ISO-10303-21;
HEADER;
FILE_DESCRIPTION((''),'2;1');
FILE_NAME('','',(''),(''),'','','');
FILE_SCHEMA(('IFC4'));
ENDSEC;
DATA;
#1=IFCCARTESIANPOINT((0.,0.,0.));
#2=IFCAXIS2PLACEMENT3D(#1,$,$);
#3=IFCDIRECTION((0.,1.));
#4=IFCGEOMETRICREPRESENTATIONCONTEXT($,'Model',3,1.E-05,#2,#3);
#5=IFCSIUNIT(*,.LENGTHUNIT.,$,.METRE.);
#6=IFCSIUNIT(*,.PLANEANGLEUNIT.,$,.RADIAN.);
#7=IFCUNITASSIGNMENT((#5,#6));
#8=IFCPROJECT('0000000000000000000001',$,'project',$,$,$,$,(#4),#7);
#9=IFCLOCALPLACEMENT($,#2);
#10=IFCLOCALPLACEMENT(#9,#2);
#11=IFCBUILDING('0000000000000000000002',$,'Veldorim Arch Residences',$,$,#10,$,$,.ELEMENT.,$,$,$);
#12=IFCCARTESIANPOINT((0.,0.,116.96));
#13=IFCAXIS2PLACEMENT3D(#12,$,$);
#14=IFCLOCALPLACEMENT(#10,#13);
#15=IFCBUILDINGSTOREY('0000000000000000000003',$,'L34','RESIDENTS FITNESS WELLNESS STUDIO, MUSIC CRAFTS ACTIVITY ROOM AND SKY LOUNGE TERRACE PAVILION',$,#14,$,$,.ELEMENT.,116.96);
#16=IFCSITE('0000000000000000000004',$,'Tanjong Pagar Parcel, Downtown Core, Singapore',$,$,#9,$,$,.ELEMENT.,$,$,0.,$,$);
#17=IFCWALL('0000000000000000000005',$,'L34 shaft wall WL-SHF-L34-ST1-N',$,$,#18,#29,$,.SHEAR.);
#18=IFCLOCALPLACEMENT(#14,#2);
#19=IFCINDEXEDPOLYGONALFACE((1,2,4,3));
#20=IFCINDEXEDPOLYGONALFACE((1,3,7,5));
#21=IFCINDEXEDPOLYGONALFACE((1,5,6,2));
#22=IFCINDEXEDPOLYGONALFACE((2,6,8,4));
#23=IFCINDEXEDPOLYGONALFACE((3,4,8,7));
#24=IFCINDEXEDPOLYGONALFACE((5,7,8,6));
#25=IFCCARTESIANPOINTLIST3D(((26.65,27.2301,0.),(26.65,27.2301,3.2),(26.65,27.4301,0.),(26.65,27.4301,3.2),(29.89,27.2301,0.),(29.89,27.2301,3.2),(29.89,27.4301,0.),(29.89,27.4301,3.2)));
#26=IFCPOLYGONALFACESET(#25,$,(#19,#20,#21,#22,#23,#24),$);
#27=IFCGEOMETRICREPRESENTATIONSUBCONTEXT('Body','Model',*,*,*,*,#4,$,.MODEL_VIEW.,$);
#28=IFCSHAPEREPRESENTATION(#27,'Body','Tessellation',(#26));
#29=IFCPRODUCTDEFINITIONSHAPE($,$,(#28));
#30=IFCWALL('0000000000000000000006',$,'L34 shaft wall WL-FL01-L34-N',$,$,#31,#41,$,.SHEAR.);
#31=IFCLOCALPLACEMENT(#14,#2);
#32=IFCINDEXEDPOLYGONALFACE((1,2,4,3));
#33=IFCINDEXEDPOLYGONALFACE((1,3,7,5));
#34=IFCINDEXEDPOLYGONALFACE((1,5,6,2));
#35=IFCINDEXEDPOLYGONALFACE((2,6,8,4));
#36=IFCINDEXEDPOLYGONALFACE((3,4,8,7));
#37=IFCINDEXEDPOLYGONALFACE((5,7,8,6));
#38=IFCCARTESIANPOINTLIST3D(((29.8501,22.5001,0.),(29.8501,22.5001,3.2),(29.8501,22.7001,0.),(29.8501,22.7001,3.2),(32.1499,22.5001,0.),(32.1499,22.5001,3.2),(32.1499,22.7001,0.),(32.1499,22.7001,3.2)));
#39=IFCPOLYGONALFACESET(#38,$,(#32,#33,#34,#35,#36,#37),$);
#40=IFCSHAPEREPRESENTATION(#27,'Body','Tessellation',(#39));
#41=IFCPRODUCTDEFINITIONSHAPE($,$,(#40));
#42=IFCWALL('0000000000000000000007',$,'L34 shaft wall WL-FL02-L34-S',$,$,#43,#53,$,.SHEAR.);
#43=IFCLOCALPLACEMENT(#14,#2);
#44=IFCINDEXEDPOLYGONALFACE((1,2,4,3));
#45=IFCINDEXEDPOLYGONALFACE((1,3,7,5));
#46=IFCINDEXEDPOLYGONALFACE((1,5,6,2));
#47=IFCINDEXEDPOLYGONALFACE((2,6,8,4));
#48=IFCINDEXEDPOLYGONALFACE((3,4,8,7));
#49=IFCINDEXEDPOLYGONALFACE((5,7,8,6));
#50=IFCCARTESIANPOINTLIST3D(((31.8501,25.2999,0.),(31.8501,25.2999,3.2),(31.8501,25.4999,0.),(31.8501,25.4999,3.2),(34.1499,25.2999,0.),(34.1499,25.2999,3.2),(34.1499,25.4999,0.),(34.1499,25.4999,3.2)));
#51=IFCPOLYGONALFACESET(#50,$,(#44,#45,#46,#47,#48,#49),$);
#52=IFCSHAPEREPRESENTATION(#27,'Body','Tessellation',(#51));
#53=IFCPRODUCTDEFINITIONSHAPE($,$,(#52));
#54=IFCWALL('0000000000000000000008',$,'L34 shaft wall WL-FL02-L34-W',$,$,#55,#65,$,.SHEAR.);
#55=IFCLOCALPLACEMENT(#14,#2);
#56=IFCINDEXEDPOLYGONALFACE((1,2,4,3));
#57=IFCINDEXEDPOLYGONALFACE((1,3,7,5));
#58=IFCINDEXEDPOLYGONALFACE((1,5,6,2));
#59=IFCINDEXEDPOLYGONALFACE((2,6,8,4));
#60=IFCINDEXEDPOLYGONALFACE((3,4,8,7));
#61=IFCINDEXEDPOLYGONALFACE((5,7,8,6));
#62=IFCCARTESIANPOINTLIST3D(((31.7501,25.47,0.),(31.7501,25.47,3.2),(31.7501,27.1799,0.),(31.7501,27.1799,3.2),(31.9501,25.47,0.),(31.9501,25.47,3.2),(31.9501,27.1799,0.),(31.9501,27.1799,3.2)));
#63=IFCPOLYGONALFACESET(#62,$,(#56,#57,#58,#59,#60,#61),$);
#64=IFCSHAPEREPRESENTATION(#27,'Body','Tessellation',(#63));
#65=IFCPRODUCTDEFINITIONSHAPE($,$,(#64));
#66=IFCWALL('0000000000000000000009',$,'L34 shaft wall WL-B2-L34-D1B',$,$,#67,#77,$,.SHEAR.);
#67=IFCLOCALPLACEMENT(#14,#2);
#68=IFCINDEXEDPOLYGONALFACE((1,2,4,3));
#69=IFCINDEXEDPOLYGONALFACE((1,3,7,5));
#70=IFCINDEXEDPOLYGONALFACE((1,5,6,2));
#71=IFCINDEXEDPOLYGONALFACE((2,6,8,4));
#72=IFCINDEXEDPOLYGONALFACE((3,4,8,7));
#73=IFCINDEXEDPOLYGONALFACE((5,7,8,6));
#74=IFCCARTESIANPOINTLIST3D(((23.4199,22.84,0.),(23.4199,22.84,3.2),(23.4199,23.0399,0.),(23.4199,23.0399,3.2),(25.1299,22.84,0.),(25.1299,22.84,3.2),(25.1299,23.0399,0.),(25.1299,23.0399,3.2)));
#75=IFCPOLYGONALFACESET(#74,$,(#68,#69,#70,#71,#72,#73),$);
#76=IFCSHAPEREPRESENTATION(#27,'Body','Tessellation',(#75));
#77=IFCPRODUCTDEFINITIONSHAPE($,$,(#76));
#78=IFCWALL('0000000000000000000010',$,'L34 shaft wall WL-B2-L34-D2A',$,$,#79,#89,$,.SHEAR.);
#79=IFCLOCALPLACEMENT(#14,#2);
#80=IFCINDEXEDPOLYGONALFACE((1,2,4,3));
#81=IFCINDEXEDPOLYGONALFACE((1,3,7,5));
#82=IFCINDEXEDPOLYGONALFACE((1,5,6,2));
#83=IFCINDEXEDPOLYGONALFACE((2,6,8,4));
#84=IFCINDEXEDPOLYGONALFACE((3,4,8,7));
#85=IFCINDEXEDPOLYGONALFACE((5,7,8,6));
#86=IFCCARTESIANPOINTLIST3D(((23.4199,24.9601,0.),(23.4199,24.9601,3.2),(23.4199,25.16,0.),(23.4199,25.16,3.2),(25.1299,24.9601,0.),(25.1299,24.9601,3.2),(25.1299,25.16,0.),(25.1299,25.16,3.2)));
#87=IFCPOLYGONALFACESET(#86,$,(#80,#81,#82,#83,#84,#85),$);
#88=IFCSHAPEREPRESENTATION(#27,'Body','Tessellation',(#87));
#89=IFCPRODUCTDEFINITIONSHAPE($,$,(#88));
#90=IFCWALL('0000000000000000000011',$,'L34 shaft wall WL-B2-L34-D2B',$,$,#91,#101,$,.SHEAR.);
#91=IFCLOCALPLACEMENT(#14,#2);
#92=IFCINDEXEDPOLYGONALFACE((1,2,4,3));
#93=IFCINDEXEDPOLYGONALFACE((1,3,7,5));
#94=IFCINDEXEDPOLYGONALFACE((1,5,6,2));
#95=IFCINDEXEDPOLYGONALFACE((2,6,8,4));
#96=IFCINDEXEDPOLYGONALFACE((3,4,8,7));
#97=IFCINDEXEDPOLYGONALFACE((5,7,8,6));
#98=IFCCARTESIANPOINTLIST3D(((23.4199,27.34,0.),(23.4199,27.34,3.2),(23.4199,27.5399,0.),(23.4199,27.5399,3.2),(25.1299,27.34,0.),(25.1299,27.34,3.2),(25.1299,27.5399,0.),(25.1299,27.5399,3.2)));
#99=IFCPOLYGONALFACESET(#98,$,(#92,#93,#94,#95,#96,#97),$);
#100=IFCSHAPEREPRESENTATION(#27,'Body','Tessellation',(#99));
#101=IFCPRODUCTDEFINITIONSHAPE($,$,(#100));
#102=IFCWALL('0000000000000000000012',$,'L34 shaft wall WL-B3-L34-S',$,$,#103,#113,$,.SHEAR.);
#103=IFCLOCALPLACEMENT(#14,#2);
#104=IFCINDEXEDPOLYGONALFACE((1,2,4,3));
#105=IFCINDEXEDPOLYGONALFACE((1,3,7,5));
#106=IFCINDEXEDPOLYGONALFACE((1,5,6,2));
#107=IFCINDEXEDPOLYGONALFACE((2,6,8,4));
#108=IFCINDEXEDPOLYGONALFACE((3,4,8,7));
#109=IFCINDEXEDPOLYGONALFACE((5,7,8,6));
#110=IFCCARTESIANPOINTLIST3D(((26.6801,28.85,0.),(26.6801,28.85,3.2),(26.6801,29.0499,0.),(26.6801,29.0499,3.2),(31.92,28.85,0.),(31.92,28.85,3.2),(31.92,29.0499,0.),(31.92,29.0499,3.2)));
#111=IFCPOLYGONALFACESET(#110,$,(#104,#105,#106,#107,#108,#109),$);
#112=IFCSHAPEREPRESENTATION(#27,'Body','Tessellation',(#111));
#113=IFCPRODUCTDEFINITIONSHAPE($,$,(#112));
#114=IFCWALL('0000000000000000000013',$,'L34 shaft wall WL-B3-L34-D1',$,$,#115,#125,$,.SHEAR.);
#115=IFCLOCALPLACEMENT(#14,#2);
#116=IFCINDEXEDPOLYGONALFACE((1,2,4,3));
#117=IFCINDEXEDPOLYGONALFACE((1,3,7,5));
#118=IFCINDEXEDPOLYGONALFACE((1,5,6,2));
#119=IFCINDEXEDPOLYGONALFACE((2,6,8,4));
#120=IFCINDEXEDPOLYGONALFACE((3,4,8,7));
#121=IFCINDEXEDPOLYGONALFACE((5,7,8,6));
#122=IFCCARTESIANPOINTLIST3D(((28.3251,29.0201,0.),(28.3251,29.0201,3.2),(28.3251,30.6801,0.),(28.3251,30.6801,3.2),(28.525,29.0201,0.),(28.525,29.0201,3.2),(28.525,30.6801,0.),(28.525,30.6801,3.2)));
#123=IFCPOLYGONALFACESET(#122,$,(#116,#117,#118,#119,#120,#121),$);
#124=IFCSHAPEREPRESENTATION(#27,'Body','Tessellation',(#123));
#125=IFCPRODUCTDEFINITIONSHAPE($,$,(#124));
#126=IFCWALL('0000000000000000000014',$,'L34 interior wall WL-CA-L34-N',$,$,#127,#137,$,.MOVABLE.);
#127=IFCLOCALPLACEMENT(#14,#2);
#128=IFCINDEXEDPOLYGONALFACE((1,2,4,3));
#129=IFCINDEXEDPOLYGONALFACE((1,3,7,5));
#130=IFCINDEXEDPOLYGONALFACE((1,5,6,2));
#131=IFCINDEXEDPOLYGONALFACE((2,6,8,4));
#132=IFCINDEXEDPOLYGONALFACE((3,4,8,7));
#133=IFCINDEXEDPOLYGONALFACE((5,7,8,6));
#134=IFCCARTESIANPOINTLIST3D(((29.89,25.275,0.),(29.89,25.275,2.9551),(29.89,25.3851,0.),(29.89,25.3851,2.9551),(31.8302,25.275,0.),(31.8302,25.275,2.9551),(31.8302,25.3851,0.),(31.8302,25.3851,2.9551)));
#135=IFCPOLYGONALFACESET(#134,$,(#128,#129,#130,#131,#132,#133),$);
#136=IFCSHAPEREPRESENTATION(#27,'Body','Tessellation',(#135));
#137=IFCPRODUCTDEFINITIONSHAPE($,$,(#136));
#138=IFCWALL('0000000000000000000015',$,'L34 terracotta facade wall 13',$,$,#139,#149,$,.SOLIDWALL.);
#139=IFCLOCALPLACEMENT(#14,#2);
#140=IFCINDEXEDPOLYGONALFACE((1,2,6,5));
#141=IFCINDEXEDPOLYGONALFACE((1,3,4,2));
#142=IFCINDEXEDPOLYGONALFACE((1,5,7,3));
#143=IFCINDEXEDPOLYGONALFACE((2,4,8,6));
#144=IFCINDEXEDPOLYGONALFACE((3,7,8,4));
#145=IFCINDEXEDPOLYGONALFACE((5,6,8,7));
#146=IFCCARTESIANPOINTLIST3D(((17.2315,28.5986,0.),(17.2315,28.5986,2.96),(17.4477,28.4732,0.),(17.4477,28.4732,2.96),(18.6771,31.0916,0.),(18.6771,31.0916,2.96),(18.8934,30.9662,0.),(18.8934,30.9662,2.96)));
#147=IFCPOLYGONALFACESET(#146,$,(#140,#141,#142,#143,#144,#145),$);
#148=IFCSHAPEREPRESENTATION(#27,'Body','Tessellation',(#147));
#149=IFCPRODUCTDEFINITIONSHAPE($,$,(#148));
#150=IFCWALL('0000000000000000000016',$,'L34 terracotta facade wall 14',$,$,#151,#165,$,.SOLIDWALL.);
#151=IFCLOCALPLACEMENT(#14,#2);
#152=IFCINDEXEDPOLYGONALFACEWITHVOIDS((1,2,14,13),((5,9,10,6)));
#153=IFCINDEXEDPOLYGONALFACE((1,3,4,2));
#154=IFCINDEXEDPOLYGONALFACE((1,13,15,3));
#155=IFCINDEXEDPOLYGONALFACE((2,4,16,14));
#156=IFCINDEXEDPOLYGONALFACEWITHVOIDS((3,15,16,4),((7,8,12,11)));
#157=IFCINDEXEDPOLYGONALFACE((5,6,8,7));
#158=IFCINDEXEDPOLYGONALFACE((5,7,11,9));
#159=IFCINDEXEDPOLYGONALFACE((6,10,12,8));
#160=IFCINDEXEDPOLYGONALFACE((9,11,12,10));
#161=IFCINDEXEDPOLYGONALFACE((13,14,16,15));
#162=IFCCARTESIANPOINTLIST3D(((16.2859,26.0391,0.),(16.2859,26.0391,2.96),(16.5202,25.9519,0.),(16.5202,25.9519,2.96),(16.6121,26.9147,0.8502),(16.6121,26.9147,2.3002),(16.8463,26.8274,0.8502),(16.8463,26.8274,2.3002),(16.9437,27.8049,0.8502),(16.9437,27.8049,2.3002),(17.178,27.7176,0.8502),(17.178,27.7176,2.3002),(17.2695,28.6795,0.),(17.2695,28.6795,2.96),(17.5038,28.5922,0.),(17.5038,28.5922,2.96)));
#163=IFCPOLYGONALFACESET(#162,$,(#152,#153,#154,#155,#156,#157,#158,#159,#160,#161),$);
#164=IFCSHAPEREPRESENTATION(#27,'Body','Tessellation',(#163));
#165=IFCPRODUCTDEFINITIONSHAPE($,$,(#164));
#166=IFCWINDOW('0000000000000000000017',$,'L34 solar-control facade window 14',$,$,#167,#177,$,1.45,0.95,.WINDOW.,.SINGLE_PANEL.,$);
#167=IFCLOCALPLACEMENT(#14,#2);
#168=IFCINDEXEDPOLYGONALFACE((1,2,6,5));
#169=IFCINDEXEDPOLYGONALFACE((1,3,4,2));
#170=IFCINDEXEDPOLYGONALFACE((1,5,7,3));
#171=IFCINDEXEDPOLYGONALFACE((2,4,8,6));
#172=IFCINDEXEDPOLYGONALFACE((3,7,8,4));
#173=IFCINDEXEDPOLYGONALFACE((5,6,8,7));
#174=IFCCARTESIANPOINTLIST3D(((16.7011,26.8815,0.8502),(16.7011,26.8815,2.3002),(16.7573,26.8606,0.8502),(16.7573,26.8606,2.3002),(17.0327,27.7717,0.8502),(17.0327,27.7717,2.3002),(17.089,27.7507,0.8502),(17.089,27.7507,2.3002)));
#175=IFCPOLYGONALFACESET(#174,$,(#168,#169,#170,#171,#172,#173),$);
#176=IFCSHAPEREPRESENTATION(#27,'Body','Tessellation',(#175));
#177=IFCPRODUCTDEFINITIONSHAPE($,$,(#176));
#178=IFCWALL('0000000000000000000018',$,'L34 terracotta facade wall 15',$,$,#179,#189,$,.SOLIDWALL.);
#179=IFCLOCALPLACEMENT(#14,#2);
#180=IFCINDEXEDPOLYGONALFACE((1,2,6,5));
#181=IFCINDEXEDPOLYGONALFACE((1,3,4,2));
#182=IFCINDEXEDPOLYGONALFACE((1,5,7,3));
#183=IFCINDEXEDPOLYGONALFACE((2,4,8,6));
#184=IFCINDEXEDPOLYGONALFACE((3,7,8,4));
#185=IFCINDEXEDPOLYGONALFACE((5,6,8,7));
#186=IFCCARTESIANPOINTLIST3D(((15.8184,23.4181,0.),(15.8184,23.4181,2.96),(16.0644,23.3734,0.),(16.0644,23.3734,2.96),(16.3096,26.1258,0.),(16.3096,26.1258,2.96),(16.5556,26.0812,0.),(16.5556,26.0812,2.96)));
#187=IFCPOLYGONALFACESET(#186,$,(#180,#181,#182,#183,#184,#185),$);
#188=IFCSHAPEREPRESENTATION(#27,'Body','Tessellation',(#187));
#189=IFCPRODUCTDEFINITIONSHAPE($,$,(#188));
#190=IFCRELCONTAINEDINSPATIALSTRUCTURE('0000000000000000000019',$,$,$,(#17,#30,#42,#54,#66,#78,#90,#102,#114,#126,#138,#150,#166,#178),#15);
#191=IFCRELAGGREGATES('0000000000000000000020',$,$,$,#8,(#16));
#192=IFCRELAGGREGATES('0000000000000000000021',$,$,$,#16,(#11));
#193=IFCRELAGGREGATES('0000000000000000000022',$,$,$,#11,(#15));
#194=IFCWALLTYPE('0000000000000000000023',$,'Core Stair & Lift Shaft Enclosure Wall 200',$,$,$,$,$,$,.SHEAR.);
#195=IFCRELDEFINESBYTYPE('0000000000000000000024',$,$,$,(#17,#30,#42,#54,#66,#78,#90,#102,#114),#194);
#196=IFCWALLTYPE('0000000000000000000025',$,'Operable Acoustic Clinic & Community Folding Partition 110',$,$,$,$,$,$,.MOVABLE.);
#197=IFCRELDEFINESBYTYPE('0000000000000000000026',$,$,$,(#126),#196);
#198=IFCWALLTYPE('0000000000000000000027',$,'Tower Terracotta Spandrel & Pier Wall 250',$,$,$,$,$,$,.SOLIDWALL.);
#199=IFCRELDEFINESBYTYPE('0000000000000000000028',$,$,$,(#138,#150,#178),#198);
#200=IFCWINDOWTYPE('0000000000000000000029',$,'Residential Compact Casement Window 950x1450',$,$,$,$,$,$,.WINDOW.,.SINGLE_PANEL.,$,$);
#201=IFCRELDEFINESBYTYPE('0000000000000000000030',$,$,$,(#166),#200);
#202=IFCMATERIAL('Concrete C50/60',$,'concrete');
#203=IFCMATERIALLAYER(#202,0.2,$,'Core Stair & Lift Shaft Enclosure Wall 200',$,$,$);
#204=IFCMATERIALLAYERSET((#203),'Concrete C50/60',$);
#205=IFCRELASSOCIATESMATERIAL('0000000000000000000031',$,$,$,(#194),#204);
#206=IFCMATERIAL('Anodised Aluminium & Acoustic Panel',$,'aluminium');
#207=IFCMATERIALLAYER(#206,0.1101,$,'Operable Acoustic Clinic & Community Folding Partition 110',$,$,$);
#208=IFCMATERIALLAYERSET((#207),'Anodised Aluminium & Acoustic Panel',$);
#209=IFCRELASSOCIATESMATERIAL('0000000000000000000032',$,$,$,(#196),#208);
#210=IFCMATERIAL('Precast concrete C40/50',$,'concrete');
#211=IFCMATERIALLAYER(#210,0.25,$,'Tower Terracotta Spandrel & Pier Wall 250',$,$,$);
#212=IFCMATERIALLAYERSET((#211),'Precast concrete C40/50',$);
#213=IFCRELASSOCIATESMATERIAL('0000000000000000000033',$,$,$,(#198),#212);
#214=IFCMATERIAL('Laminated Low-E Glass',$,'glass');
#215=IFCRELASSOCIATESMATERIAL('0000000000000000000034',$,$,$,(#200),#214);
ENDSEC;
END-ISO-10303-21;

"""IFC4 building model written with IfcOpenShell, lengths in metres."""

from ifc_helpers import new_model, si_unit, direction, frame, frame_2d, origin, place, context, subcontext, project, spatial, rectangle, extrude, material, layer, layer_set, type_object, element, fill, save


model = new_model("IFC4")

# Units and contexts
model_context = context("Model", 3, precision=1e-05, world=origin(), true_north=direction((0.0, 1.0)))
body_context = subcontext(model_context, "Body", "Model", "MODEL_VIEW")
ifc_project = project(units=[si_unit("LENGTHUNIT", "METRE"), si_unit("PLANEANGLEUNIT", "RADIAN")], contexts=[model_context])

# Site, building, storey
site_placement = place(None, origin())
site = spatial("IfcSite", under=ifc_project, at=site_placement, Name="Tanjong Pagar Parcel, Downtown Core, Singapore", CompositionType="ELEMENT", RefElevation=0.0)
building_placement = place(site_placement, origin())
building = spatial("IfcBuilding", under=site, at=building_placement, Name="Veldorim Arch Residences", CompositionType="ELEMENT")
storey_placement = place(building_placement, frame((0.0, 0.0, 116.96)))
storey = spatial("IfcBuildingStorey", under=building, at=storey_placement, Name="L34", Description="RESIDENTS FITNESS WELLNESS STUDIO, MUSIC CRAFTS ACTIVITY ROOM AND SKY LOUNGE TERRACE PAVILION", CompositionType="ELEMENT", Elevation=116.96)

# Walls
ifc_material_1 = material(Name="Concrete C50/60", Category="concrete")
ifc_layer_1 = layer(ifc_material_1, 0.2, Name="Core Stair & Lift Shaft Enclosure Wall 200")
ifc_layer_set_1 = layer_set([ifc_layer_1], Name="Concrete C50/60")
wall_type_1 = type_object("IfcWallType", Name="Core Stair & Lift Shaft Enclosure Wall 200", PredefinedType="SHEAR", material=ifc_layer_set_1)
wall_1_placement = place(storey_placement, frame((26.6499, 27.3301, 0.0), z_axis=(0.0, 0.0, 1.0), x_axis=(1.0, 0.0, 0.0)))
element("IfcWall", 1, at=wall_1_placement, inside=storey, type_object=wall_type_1, Name="L34 shaft wall WL-SHF-L34-ST1-N", PredefinedType="SHEAR", context=body_context, shape_type="SweptSolid", body=[
    extrude(rectangle(XDim=3.24, YDim=0.2, at=frame_2d((1.6201, 0.0))), origin(), (0.0, 0.0, 1.0), 3.2),
])
wall_2_placement = place(storey_placement, frame((29.8501, 22.6001, 0.0), z_axis=(0.0, 0.0, 1.0), x_axis=(1.0, 0.0, 0.0)))
element("IfcWall", 2, at=wall_2_placement, inside=storey, type_object=wall_type_1, Name="L34 shaft wall WL-FL01-L34-N", PredefinedType="SHEAR", context=body_context, shape_type="SweptSolid", body=[
    extrude(rectangle(XDim=2.2998, YDim=0.2, at=frame_2d((1.1499, 0.0))), origin(), (0.0, 0.0, 1.0), 3.2),
])

# Walls
wall_3_placement = place(storey_placement, frame((31.8501, 25.3999, 0.0), z_axis=(0.0, 0.0, 1.0), x_axis=(1.0, 0.0, 0.0)))
element("IfcWall", 3, at=wall_3_placement, inside=storey, type_object=wall_type_1, Name="L34 shaft wall WL-FL02-L34-S", PredefinedType="SHEAR", context=body_context, shape_type="SweptSolid", body=[
    extrude(rectangle(XDim=2.2998, YDim=0.2, at=frame_2d((1.1499, 0.0))), origin(), (0.0, 0.0, 1.0), 3.2),
])
for number, where, z_axis, x_axis, name in (
    (4, (31.8501, 25.47, 0.0), (0.0, 0.0, 1.0), (0.0, 1.0, 0.0), "L34 shaft wall WL-FL02-L34-W"),
    (5, (23.4199, 22.9399, 0.0), (0.0, 0.0, 1.0), (1.0, 0.0, 0.0), "L34 shaft wall WL-B2-L34-D1B"),
    (6, (23.4199, 25.0601, 0.0), (0.0, 0.0, 1.0), (1.0, 0.0, 0.0), "L34 shaft wall WL-B2-L34-D2A"),
    (7, (23.4199, 27.4399, 0.0), (0.0, 0.0, 1.0), (1.0, 0.0, 0.0), "L34 shaft wall WL-B2-L34-D2B"),
):
    element("IfcWall", number, at=place(storey_placement, frame(where, z_axis=z_axis, x_axis=x_axis)), inside=storey, type_object=wall_type_1, Name=name, PredefinedType="SHEAR", context=body_context, shape_type="SweptSolid", body=[
        extrude(rectangle(XDim=1.71, YDim=0.2, at=frame_2d((0.855, 0.0))), origin(), (0.0, 0.0, 1.0), 3.2),
    ])
wall_4_placement = place(storey_placement, frame((26.6799, 28.95, 0.0), z_axis=(0.0, 0.0, 1.0), x_axis=(1.0, 0.0, 0.0)))
element("IfcWall", 8, at=wall_4_placement, inside=storey, type_object=wall_type_1, Name="L34 shaft wall WL-B3-L34-S", PredefinedType="SHEAR", context=body_context, shape_type="SweptSolid", body=[
    extrude(rectangle(XDim=5.24, YDim=0.2, at=frame_2d((2.6201, 0.0))), origin(), (0.0, 0.0, 1.0), 3.2),
])
wall_5_placement = place(storey_placement, frame((28.425, 29.02, 0.0), z_axis=(0.0, 0.0, 1.0), x_axis=(0.0, 1.0, 0.0)))
element("IfcWall", 9, at=wall_5_placement, inside=storey, type_object=wall_type_1, Name="L34 shaft wall WL-B3-L34-D1", PredefinedType="SHEAR", context=body_context, shape_type="SweptSolid", body=[
    extrude(rectangle(XDim=1.6599, YDim=0.2, at=frame_2d((0.8301, 0.0))), origin(), (0.0, 0.0, 1.0), 3.2),
])
ifc_material_2 = material(Name="Anodised Aluminium & Acoustic Panel", Category="aluminium")
ifc_layer_2 = layer(ifc_material_2, 0.1101, Name="Operable Acoustic Clinic & Community Folding Partition 110")
ifc_layer_set_2 = layer_set([ifc_layer_2], Name="Anodised Aluminium & Acoustic Panel")
wall_type_2 = type_object("IfcWallType", Name="Operable Acoustic Clinic & Community Folding Partition 110", PredefinedType="MOVABLE", material=ifc_layer_set_2)
wall_6_placement = place(storey_placement, frame((29.8899, 25.3301, 0.0), z_axis=(0.0, 0.0, 1.0), x_axis=(1.0, 0.0, 0.0)))
element("IfcWall", 10, at=wall_6_placement, inside=storey, type_object=wall_type_2, Name="L34 interior wall WL-CA-L34-N", PredefinedType="MOVABLE", context=body_context, shape_type="SweptSolid", body=[
    extrude(rectangle(XDim=1.9402, YDim=0.1101, at=frame_2d((0.9702, 0.0))), origin(), (0.0, 0.0, 1.0), 2.9551),
])
ifc_material_3 = material(Name="Precast concrete C40/50", Category="concrete")
ifc_layer_3 = layer(ifc_material_3, 0.25, Name="Tower Terracotta Spandrel & Pier Wall 250")
ifc_layer_set_3 = layer_set([ifc_layer_3], Name="Precast concrete C40/50")
wall_type_3 = type_object("IfcWallType", Name="Tower Terracotta Spandrel & Pier Wall 250", PredefinedType="SOLIDWALL", material=ifc_layer_set_3)
wall_7_placement = place(storey_placement, frame((17.3396, 28.5359, 0.0), z_axis=(0.0, 0.0, 1.0), x_axis=(0.501631, 0.865082, 0.0)))
element("IfcWall", 11, at=wall_7_placement, inside=storey, type_object=wall_type_3, Name="L34 terracotta facade wall 13", PredefinedType="SOLIDWALL", context=body_context, shape_type="SweptSolid", body=[
    extrude(rectangle(XDim=2.8818, YDim=0.25, at=frame_2d((1.4409, 0.0))), origin(), (0.0, 0.0, 1.0), 2.96),
])

# Wall, opening, window
wall_8_placement = place(storey_placement, frame((16.4031, 25.9956, 0.0), z_axis=(0.0, 0.0, 1.0), x_axis=(0.3491, 0.937085, 0.0)))
wall_8 = element("IfcWall", 12, at=wall_8_placement, inside=storey, type_object=wall_type_3, Name="L34 terracotta facade wall 14", PredefinedType="SOLIDWALL", context=body_context, shape_type="SweptSolid", body=[
    extrude(rectangle(XDim=2.8176, YDim=0.25, at=frame_2d((1.4087, 0.0))), origin(), (0.0, 0.0, 1.0), 2.96),
])
opening_1_placement = place(wall_8_placement, frame((0.9341, 0.0, 0.8501)))
opening_1 = element("IfcOpeningElement", 13, at=opening_1_placement, cuts=wall_8, PredefinedType="OPENING", context=body_context, shape_type="SweptSolid", body=[
    extrude(rectangle(XDim=0.95, YDim=1.45, at=frame_2d((0.4751, 0.7251))), frame((0.0, 0.135, 0.0), z_axis=(0.0, -1.0, 0.0), x_axis=(1.0, 0.0, 0.0)), (0.0, 0.0, 1.0), 0.27),
])
ifc_material_4 = material(Name="Laminated Low-E Glass", Category="glass")
window_type = type_object("IfcWindowType", Name="Residential Compact Casement Window 950x1450", PartitioningType="SINGLE_PANEL", PredefinedType="WINDOW", material=ifc_material_4)
window_placement = place(opening_1_placement, origin())
window = element("IfcWindow", 14, at=window_placement, inside=storey, type_object=window_type, Name="L34 solar-control facade window 14", OverallHeight=1.45, OverallWidth=0.95, PartitioningType="SINGLE_PANEL", PredefinedType="WINDOW", context=body_context, shape_type="SweptSolid", body=[
    extrude(rectangle(XDim=0.95, YDim=1.45, at=frame_2d((0.4751, 0.7251))), frame((0.0, 0.03, 0.0), z_axis=(0.0, -1.0, 0.0), x_axis=(1.0, 0.0, 0.0)), (0.0, 0.0, 1.0), 0.0601),
])
fill(opening_1, window)

# Wall
wall_9_placement = place(storey_placement, frame((15.9414, 23.3958, 0.0), z_axis=(0.0, 0.0, 1.0), x_axis=(0.178495, 0.983941, 0.0)))
element("IfcWall", 15, at=wall_9_placement, inside=storey, type_object=wall_type_3, Name="L34 terracotta facade wall 15", PredefinedType="SOLIDWALL", context=body_context, shape_type="SweptSolid", body=[
    extrude(rectangle(XDim=2.752, YDim=0.25, at=frame_2d((1.376, 0.0))), origin(), (0.0, 0.0, 1.0), 2.96),
])

save(model, "model.ifc")
